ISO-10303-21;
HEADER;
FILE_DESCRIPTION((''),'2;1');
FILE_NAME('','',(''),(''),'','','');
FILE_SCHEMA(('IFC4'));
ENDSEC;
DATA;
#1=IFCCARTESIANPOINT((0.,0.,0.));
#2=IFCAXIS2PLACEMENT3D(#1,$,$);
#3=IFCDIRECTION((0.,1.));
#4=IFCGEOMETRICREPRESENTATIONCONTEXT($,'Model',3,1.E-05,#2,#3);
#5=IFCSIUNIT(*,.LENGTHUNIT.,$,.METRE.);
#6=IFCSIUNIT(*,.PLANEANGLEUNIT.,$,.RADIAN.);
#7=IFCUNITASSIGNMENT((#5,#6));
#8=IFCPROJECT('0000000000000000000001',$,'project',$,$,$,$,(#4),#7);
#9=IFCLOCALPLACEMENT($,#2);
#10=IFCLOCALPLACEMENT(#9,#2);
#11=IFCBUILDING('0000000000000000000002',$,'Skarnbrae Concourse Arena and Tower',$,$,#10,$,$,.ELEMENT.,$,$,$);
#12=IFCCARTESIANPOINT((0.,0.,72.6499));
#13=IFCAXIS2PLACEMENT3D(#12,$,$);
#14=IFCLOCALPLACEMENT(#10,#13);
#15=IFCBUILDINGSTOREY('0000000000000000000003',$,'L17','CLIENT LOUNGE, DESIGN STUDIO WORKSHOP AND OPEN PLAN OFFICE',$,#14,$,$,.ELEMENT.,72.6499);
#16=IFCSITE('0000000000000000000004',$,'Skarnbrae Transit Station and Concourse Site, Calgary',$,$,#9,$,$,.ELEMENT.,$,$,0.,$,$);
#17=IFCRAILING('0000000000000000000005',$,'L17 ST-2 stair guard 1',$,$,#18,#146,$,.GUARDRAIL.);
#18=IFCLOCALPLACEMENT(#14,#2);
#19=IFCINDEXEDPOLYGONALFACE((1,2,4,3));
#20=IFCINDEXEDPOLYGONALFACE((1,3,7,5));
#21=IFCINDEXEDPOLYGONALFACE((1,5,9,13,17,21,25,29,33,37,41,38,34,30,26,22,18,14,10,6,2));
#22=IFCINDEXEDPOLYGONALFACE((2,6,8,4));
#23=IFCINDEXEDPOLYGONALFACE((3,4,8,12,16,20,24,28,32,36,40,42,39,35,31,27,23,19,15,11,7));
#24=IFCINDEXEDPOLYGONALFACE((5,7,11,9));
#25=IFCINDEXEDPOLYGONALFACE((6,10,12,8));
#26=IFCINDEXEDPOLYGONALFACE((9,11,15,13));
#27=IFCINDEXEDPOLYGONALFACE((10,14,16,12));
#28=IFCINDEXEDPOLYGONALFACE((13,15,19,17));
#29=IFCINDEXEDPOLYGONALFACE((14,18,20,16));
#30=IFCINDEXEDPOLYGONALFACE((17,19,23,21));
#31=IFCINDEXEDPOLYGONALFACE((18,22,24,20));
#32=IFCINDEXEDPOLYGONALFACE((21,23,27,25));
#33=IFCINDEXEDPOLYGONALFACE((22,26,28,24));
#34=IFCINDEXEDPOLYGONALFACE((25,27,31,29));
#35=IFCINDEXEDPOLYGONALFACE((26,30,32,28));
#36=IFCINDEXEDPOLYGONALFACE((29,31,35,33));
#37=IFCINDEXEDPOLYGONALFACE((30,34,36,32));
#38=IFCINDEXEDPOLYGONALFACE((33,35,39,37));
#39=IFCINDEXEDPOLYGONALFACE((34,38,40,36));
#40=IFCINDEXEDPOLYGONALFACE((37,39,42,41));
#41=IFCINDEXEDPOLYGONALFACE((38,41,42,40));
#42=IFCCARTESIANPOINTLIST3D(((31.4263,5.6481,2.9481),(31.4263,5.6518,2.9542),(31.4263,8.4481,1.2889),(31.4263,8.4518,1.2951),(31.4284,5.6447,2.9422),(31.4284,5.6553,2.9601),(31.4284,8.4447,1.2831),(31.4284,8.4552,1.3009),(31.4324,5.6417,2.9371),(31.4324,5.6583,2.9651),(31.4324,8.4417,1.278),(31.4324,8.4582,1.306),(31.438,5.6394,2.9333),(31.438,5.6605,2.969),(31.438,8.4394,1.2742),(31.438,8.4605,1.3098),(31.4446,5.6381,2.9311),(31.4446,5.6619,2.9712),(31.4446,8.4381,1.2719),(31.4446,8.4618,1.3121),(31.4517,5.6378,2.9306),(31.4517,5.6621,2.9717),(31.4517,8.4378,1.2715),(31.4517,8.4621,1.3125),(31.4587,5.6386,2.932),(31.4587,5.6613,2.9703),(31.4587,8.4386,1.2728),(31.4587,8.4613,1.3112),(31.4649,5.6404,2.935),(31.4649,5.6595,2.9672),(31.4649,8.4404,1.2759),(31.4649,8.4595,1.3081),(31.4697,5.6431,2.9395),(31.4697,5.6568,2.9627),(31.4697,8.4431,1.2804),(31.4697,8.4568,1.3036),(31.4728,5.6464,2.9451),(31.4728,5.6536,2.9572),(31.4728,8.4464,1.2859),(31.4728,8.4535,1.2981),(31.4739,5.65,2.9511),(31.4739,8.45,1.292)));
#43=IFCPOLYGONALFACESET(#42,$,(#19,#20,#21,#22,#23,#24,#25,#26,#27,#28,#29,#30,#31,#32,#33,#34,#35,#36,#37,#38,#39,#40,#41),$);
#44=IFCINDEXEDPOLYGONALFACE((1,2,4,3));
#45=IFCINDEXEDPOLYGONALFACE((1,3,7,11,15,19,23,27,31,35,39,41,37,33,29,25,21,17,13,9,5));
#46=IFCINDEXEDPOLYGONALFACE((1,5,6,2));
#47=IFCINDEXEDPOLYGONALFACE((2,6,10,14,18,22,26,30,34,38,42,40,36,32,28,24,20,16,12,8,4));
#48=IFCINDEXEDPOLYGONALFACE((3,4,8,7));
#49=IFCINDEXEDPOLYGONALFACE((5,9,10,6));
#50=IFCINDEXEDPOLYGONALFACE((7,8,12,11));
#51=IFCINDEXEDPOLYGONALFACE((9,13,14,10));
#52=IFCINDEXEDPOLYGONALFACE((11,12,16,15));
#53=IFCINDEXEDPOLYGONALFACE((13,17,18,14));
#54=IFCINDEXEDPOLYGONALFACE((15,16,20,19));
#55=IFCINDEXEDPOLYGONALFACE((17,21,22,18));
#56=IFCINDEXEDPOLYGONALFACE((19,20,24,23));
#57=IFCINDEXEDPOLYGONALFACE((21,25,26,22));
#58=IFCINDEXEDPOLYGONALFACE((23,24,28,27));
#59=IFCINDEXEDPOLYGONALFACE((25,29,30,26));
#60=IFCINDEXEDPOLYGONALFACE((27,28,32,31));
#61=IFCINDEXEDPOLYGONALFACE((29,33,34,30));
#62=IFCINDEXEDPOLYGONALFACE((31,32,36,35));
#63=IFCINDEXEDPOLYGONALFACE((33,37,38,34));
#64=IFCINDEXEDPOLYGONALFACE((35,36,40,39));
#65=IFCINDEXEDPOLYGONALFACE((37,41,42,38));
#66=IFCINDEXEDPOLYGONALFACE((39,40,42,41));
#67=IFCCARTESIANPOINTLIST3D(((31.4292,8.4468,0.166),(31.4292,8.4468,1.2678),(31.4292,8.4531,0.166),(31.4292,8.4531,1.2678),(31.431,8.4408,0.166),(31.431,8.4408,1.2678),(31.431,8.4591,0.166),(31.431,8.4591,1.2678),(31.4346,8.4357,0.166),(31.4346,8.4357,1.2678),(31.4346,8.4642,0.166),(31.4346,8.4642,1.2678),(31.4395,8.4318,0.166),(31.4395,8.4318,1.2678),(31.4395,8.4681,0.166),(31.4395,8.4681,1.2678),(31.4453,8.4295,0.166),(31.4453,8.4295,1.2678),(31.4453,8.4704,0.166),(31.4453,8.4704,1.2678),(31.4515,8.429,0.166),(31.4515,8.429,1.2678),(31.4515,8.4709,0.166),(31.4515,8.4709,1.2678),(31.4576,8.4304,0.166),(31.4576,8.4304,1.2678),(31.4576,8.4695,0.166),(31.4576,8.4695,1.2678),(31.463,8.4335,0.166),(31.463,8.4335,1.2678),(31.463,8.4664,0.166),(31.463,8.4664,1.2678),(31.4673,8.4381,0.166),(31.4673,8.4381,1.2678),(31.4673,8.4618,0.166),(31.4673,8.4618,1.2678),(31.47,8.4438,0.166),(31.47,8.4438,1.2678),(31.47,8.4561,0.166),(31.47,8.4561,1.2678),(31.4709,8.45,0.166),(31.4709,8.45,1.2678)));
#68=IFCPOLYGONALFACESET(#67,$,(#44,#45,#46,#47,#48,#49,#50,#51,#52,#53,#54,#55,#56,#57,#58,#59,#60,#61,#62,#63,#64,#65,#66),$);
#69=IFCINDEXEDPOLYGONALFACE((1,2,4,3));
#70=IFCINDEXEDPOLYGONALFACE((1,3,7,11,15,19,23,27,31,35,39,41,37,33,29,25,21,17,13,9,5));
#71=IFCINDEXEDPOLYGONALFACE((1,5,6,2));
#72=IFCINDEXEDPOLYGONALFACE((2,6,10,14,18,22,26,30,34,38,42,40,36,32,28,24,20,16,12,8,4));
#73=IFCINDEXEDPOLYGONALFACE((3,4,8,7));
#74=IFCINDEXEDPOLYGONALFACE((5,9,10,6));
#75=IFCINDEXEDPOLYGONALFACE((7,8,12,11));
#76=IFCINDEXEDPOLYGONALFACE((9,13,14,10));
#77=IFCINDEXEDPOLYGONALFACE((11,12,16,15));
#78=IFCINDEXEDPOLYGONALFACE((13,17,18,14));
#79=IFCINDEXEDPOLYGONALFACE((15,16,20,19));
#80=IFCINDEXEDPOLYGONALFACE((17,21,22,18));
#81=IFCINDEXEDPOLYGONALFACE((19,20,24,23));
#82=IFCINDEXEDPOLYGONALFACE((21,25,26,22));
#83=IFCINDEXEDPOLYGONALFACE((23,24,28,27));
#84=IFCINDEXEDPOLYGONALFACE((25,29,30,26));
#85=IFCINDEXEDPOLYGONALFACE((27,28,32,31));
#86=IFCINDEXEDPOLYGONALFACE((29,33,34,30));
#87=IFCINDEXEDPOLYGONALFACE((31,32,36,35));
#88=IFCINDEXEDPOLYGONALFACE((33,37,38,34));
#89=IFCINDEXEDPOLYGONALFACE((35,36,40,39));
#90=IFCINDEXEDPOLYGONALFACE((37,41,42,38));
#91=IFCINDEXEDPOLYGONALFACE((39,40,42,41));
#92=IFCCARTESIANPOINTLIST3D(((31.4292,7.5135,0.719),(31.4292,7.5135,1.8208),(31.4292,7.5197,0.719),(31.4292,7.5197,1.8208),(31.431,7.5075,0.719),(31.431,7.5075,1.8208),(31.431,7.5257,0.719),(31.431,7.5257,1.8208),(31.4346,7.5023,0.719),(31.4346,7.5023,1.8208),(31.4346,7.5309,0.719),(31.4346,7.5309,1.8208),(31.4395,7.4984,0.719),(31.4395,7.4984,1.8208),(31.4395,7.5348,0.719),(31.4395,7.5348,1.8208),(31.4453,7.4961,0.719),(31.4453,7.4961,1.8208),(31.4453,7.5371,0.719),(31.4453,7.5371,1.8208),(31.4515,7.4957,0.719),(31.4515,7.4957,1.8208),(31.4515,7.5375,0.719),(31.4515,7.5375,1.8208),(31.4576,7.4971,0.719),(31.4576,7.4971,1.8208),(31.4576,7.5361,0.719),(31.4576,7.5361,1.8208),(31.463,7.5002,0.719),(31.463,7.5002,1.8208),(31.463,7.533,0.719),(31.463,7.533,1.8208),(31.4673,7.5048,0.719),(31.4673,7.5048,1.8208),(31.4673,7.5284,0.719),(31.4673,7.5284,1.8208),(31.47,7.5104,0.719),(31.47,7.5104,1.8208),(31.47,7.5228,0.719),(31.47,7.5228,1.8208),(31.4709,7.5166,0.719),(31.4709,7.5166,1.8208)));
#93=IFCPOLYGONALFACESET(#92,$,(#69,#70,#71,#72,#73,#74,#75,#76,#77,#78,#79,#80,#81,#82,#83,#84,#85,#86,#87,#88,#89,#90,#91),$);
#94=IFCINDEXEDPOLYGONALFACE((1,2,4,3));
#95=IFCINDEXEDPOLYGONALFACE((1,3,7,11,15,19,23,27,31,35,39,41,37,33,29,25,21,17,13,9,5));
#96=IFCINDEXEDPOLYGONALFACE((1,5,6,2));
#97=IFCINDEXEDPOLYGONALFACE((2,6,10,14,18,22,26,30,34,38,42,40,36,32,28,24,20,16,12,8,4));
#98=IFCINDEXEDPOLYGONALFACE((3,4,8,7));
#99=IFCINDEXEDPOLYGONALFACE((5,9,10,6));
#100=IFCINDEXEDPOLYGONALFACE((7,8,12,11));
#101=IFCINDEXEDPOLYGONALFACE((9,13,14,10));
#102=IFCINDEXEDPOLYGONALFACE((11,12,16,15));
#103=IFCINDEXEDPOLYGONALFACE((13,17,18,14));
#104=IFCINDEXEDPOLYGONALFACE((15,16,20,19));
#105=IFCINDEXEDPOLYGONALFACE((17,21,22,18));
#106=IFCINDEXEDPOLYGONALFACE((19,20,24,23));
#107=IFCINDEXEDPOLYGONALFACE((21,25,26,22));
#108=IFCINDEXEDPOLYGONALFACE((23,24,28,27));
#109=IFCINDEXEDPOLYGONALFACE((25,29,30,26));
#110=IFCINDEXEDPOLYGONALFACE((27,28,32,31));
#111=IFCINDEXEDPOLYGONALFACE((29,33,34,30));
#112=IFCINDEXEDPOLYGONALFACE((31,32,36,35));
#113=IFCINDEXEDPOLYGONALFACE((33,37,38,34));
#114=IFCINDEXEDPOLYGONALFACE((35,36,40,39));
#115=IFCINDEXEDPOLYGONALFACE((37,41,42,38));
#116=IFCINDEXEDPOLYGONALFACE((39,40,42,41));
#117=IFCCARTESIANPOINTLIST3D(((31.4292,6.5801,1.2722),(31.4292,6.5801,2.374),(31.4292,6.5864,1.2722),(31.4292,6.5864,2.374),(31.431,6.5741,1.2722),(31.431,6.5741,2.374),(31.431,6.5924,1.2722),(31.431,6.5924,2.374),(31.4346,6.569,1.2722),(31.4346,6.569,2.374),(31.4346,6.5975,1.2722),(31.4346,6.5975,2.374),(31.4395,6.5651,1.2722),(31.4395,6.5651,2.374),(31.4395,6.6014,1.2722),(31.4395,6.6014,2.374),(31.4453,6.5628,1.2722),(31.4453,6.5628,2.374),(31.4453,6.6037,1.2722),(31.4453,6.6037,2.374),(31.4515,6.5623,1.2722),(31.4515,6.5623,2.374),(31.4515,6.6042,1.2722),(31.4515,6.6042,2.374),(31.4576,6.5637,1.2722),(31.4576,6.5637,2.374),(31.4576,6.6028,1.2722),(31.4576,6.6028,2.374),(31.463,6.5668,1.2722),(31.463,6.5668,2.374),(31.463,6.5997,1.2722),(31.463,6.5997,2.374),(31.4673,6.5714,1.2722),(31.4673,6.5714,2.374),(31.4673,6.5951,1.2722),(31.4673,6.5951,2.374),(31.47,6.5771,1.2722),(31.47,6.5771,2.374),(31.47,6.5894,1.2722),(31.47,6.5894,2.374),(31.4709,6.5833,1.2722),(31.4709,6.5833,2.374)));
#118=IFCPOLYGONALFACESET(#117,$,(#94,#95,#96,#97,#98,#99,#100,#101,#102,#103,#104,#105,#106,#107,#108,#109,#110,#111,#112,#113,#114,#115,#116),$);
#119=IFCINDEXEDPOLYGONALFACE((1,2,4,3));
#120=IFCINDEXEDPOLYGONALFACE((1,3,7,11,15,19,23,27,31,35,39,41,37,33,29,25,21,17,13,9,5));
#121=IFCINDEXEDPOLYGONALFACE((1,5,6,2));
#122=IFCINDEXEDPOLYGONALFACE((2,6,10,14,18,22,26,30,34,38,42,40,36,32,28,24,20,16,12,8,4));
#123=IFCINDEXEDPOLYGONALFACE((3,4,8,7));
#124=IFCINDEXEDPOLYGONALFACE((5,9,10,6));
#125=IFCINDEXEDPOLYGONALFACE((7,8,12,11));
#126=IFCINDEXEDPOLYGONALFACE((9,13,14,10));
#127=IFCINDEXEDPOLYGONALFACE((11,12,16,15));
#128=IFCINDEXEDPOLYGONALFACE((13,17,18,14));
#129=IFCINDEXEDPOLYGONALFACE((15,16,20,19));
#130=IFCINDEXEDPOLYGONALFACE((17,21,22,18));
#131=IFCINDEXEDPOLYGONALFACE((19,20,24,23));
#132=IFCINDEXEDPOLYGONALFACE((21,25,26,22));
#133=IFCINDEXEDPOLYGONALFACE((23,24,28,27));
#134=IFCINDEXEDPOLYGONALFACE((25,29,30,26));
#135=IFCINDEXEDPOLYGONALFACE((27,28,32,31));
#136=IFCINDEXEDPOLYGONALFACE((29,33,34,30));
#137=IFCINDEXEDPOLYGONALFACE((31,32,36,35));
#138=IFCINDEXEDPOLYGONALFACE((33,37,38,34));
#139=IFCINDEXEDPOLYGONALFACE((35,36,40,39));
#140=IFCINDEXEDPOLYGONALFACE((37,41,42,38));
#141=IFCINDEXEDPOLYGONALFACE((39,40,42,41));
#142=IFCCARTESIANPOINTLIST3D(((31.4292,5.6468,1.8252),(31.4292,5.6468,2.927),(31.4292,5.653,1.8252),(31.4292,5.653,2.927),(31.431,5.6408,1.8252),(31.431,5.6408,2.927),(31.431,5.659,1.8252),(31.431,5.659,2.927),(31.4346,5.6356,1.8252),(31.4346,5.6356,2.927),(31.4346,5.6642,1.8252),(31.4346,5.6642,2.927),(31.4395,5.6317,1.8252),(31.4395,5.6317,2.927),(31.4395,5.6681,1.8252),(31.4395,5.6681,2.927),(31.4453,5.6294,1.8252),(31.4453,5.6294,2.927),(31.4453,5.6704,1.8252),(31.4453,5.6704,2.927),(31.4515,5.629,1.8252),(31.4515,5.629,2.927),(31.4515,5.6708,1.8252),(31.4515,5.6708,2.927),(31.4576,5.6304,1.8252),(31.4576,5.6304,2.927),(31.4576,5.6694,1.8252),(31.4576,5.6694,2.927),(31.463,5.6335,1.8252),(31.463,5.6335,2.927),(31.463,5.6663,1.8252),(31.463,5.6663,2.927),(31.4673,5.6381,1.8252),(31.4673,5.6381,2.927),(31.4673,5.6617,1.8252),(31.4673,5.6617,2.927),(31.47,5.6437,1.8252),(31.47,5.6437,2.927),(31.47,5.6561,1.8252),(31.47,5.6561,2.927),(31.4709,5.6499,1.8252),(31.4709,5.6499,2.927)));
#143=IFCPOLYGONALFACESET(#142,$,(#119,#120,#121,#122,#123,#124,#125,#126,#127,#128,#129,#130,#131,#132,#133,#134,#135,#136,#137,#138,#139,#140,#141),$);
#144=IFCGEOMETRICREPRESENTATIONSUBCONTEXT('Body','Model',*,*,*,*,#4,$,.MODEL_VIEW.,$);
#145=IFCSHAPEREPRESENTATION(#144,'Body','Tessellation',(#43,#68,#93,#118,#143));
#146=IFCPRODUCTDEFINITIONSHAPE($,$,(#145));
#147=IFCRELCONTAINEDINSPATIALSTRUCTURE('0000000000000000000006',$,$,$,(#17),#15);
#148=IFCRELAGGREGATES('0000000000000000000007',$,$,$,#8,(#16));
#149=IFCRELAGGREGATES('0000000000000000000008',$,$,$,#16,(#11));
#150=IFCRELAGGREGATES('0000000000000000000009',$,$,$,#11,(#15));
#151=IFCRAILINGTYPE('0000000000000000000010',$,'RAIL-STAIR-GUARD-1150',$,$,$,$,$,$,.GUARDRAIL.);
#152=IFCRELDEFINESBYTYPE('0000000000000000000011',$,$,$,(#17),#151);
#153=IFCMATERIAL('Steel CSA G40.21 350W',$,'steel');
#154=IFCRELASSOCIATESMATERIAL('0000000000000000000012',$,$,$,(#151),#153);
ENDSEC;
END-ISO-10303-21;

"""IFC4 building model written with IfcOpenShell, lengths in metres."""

from ifc_helpers import new_model, si_unit, direction, frame, origin, origin_2d, place, context, subcontext, project, spatial, circle, extrude, material, type_object, element, save


model = new_model("IFC4")

# Units and contexts
model_context = context("Model", 3, precision=1e-05, world=origin(), true_north=direction((0.0, 1.0)))
body_context = subcontext(model_context, "Body", "Model", "MODEL_VIEW")
ifc_project = project(units=[si_unit("LENGTHUNIT", "METRE"), si_unit("PLANEANGLEUNIT", "RADIAN")], contexts=[model_context])

# Site, building, storey
site_placement = place(None, origin())
site = spatial("IfcSite", under=ifc_project, at=site_placement, Name="Skarnbrae Transit Station and Concourse Site, Calgary", CompositionType="ELEMENT", RefElevation=0.0)
building_placement = place(site_placement, origin())
building = spatial("IfcBuilding", under=site, at=building_placement, Name="Skarnbrae Concourse Arena and Tower", CompositionType="ELEMENT")
storey_placement = place(building_placement, frame((0.0, 0.0, 72.6499)))
storey = spatial("IfcBuildingStorey", under=building, at=storey_placement, Name="L17", Description="CLIENT LOUNGE, DESIGN STUDIO WORKSHOP AND OPEN PLAN OFFICE", CompositionType="ELEMENT", Elevation=72.6499)

# Shared definitions
ifc_material_1 = material(Name="Steel CSA G40.21 350W", Category="steel")

# Railing
railing_type_1 = type_object("IfcRailingType", Name="RAIL-STAIR-GUARD-1150", PredefinedType="GUARDRAIL", material=ifc_material_1)
railing_1_placement = place(storey_placement, frame((31.45, 8.45, 0.166)))
element("IfcRailing", 1, at=railing_1_placement, inside=storey, type_object=railing_type_1, Name="L17 ST-2 stair guard 1", PredefinedType="GUARDRAIL", context=body_context, shape_type="SweptSolid", body=[
    extrude(circle(Radius=0.0239, at=origin_2d()), frame((0.0, 0.0, 1.126), z_axis=(0.0, -0.860306, 0.509778), x_axis=(1.0, 0.0, 0.0)), (0.0, 0.0, 1.0), 3.2546),
    extrude(circle(Radius=0.021, at=origin_2d()), origin(), (0.0, 0.0, 1.0), 1.1018),
    extrude(circle(Radius=0.021, at=origin_2d()), frame((0.0, -0.9333, 0.553)), (0.0, 0.0, 1.0), 1.1018),
    extrude(circle(Radius=0.021, at=origin_2d()), frame((0.0, -1.8667, 1.1062)), (0.0, 0.0, 1.0), 1.1018),
    extrude(circle(Radius=0.021, at=origin_2d()), frame((0.0, -2.8, 1.6592)), (0.0, 0.0, 1.0), 1.1018),
])

save(model, "model.ifc")
